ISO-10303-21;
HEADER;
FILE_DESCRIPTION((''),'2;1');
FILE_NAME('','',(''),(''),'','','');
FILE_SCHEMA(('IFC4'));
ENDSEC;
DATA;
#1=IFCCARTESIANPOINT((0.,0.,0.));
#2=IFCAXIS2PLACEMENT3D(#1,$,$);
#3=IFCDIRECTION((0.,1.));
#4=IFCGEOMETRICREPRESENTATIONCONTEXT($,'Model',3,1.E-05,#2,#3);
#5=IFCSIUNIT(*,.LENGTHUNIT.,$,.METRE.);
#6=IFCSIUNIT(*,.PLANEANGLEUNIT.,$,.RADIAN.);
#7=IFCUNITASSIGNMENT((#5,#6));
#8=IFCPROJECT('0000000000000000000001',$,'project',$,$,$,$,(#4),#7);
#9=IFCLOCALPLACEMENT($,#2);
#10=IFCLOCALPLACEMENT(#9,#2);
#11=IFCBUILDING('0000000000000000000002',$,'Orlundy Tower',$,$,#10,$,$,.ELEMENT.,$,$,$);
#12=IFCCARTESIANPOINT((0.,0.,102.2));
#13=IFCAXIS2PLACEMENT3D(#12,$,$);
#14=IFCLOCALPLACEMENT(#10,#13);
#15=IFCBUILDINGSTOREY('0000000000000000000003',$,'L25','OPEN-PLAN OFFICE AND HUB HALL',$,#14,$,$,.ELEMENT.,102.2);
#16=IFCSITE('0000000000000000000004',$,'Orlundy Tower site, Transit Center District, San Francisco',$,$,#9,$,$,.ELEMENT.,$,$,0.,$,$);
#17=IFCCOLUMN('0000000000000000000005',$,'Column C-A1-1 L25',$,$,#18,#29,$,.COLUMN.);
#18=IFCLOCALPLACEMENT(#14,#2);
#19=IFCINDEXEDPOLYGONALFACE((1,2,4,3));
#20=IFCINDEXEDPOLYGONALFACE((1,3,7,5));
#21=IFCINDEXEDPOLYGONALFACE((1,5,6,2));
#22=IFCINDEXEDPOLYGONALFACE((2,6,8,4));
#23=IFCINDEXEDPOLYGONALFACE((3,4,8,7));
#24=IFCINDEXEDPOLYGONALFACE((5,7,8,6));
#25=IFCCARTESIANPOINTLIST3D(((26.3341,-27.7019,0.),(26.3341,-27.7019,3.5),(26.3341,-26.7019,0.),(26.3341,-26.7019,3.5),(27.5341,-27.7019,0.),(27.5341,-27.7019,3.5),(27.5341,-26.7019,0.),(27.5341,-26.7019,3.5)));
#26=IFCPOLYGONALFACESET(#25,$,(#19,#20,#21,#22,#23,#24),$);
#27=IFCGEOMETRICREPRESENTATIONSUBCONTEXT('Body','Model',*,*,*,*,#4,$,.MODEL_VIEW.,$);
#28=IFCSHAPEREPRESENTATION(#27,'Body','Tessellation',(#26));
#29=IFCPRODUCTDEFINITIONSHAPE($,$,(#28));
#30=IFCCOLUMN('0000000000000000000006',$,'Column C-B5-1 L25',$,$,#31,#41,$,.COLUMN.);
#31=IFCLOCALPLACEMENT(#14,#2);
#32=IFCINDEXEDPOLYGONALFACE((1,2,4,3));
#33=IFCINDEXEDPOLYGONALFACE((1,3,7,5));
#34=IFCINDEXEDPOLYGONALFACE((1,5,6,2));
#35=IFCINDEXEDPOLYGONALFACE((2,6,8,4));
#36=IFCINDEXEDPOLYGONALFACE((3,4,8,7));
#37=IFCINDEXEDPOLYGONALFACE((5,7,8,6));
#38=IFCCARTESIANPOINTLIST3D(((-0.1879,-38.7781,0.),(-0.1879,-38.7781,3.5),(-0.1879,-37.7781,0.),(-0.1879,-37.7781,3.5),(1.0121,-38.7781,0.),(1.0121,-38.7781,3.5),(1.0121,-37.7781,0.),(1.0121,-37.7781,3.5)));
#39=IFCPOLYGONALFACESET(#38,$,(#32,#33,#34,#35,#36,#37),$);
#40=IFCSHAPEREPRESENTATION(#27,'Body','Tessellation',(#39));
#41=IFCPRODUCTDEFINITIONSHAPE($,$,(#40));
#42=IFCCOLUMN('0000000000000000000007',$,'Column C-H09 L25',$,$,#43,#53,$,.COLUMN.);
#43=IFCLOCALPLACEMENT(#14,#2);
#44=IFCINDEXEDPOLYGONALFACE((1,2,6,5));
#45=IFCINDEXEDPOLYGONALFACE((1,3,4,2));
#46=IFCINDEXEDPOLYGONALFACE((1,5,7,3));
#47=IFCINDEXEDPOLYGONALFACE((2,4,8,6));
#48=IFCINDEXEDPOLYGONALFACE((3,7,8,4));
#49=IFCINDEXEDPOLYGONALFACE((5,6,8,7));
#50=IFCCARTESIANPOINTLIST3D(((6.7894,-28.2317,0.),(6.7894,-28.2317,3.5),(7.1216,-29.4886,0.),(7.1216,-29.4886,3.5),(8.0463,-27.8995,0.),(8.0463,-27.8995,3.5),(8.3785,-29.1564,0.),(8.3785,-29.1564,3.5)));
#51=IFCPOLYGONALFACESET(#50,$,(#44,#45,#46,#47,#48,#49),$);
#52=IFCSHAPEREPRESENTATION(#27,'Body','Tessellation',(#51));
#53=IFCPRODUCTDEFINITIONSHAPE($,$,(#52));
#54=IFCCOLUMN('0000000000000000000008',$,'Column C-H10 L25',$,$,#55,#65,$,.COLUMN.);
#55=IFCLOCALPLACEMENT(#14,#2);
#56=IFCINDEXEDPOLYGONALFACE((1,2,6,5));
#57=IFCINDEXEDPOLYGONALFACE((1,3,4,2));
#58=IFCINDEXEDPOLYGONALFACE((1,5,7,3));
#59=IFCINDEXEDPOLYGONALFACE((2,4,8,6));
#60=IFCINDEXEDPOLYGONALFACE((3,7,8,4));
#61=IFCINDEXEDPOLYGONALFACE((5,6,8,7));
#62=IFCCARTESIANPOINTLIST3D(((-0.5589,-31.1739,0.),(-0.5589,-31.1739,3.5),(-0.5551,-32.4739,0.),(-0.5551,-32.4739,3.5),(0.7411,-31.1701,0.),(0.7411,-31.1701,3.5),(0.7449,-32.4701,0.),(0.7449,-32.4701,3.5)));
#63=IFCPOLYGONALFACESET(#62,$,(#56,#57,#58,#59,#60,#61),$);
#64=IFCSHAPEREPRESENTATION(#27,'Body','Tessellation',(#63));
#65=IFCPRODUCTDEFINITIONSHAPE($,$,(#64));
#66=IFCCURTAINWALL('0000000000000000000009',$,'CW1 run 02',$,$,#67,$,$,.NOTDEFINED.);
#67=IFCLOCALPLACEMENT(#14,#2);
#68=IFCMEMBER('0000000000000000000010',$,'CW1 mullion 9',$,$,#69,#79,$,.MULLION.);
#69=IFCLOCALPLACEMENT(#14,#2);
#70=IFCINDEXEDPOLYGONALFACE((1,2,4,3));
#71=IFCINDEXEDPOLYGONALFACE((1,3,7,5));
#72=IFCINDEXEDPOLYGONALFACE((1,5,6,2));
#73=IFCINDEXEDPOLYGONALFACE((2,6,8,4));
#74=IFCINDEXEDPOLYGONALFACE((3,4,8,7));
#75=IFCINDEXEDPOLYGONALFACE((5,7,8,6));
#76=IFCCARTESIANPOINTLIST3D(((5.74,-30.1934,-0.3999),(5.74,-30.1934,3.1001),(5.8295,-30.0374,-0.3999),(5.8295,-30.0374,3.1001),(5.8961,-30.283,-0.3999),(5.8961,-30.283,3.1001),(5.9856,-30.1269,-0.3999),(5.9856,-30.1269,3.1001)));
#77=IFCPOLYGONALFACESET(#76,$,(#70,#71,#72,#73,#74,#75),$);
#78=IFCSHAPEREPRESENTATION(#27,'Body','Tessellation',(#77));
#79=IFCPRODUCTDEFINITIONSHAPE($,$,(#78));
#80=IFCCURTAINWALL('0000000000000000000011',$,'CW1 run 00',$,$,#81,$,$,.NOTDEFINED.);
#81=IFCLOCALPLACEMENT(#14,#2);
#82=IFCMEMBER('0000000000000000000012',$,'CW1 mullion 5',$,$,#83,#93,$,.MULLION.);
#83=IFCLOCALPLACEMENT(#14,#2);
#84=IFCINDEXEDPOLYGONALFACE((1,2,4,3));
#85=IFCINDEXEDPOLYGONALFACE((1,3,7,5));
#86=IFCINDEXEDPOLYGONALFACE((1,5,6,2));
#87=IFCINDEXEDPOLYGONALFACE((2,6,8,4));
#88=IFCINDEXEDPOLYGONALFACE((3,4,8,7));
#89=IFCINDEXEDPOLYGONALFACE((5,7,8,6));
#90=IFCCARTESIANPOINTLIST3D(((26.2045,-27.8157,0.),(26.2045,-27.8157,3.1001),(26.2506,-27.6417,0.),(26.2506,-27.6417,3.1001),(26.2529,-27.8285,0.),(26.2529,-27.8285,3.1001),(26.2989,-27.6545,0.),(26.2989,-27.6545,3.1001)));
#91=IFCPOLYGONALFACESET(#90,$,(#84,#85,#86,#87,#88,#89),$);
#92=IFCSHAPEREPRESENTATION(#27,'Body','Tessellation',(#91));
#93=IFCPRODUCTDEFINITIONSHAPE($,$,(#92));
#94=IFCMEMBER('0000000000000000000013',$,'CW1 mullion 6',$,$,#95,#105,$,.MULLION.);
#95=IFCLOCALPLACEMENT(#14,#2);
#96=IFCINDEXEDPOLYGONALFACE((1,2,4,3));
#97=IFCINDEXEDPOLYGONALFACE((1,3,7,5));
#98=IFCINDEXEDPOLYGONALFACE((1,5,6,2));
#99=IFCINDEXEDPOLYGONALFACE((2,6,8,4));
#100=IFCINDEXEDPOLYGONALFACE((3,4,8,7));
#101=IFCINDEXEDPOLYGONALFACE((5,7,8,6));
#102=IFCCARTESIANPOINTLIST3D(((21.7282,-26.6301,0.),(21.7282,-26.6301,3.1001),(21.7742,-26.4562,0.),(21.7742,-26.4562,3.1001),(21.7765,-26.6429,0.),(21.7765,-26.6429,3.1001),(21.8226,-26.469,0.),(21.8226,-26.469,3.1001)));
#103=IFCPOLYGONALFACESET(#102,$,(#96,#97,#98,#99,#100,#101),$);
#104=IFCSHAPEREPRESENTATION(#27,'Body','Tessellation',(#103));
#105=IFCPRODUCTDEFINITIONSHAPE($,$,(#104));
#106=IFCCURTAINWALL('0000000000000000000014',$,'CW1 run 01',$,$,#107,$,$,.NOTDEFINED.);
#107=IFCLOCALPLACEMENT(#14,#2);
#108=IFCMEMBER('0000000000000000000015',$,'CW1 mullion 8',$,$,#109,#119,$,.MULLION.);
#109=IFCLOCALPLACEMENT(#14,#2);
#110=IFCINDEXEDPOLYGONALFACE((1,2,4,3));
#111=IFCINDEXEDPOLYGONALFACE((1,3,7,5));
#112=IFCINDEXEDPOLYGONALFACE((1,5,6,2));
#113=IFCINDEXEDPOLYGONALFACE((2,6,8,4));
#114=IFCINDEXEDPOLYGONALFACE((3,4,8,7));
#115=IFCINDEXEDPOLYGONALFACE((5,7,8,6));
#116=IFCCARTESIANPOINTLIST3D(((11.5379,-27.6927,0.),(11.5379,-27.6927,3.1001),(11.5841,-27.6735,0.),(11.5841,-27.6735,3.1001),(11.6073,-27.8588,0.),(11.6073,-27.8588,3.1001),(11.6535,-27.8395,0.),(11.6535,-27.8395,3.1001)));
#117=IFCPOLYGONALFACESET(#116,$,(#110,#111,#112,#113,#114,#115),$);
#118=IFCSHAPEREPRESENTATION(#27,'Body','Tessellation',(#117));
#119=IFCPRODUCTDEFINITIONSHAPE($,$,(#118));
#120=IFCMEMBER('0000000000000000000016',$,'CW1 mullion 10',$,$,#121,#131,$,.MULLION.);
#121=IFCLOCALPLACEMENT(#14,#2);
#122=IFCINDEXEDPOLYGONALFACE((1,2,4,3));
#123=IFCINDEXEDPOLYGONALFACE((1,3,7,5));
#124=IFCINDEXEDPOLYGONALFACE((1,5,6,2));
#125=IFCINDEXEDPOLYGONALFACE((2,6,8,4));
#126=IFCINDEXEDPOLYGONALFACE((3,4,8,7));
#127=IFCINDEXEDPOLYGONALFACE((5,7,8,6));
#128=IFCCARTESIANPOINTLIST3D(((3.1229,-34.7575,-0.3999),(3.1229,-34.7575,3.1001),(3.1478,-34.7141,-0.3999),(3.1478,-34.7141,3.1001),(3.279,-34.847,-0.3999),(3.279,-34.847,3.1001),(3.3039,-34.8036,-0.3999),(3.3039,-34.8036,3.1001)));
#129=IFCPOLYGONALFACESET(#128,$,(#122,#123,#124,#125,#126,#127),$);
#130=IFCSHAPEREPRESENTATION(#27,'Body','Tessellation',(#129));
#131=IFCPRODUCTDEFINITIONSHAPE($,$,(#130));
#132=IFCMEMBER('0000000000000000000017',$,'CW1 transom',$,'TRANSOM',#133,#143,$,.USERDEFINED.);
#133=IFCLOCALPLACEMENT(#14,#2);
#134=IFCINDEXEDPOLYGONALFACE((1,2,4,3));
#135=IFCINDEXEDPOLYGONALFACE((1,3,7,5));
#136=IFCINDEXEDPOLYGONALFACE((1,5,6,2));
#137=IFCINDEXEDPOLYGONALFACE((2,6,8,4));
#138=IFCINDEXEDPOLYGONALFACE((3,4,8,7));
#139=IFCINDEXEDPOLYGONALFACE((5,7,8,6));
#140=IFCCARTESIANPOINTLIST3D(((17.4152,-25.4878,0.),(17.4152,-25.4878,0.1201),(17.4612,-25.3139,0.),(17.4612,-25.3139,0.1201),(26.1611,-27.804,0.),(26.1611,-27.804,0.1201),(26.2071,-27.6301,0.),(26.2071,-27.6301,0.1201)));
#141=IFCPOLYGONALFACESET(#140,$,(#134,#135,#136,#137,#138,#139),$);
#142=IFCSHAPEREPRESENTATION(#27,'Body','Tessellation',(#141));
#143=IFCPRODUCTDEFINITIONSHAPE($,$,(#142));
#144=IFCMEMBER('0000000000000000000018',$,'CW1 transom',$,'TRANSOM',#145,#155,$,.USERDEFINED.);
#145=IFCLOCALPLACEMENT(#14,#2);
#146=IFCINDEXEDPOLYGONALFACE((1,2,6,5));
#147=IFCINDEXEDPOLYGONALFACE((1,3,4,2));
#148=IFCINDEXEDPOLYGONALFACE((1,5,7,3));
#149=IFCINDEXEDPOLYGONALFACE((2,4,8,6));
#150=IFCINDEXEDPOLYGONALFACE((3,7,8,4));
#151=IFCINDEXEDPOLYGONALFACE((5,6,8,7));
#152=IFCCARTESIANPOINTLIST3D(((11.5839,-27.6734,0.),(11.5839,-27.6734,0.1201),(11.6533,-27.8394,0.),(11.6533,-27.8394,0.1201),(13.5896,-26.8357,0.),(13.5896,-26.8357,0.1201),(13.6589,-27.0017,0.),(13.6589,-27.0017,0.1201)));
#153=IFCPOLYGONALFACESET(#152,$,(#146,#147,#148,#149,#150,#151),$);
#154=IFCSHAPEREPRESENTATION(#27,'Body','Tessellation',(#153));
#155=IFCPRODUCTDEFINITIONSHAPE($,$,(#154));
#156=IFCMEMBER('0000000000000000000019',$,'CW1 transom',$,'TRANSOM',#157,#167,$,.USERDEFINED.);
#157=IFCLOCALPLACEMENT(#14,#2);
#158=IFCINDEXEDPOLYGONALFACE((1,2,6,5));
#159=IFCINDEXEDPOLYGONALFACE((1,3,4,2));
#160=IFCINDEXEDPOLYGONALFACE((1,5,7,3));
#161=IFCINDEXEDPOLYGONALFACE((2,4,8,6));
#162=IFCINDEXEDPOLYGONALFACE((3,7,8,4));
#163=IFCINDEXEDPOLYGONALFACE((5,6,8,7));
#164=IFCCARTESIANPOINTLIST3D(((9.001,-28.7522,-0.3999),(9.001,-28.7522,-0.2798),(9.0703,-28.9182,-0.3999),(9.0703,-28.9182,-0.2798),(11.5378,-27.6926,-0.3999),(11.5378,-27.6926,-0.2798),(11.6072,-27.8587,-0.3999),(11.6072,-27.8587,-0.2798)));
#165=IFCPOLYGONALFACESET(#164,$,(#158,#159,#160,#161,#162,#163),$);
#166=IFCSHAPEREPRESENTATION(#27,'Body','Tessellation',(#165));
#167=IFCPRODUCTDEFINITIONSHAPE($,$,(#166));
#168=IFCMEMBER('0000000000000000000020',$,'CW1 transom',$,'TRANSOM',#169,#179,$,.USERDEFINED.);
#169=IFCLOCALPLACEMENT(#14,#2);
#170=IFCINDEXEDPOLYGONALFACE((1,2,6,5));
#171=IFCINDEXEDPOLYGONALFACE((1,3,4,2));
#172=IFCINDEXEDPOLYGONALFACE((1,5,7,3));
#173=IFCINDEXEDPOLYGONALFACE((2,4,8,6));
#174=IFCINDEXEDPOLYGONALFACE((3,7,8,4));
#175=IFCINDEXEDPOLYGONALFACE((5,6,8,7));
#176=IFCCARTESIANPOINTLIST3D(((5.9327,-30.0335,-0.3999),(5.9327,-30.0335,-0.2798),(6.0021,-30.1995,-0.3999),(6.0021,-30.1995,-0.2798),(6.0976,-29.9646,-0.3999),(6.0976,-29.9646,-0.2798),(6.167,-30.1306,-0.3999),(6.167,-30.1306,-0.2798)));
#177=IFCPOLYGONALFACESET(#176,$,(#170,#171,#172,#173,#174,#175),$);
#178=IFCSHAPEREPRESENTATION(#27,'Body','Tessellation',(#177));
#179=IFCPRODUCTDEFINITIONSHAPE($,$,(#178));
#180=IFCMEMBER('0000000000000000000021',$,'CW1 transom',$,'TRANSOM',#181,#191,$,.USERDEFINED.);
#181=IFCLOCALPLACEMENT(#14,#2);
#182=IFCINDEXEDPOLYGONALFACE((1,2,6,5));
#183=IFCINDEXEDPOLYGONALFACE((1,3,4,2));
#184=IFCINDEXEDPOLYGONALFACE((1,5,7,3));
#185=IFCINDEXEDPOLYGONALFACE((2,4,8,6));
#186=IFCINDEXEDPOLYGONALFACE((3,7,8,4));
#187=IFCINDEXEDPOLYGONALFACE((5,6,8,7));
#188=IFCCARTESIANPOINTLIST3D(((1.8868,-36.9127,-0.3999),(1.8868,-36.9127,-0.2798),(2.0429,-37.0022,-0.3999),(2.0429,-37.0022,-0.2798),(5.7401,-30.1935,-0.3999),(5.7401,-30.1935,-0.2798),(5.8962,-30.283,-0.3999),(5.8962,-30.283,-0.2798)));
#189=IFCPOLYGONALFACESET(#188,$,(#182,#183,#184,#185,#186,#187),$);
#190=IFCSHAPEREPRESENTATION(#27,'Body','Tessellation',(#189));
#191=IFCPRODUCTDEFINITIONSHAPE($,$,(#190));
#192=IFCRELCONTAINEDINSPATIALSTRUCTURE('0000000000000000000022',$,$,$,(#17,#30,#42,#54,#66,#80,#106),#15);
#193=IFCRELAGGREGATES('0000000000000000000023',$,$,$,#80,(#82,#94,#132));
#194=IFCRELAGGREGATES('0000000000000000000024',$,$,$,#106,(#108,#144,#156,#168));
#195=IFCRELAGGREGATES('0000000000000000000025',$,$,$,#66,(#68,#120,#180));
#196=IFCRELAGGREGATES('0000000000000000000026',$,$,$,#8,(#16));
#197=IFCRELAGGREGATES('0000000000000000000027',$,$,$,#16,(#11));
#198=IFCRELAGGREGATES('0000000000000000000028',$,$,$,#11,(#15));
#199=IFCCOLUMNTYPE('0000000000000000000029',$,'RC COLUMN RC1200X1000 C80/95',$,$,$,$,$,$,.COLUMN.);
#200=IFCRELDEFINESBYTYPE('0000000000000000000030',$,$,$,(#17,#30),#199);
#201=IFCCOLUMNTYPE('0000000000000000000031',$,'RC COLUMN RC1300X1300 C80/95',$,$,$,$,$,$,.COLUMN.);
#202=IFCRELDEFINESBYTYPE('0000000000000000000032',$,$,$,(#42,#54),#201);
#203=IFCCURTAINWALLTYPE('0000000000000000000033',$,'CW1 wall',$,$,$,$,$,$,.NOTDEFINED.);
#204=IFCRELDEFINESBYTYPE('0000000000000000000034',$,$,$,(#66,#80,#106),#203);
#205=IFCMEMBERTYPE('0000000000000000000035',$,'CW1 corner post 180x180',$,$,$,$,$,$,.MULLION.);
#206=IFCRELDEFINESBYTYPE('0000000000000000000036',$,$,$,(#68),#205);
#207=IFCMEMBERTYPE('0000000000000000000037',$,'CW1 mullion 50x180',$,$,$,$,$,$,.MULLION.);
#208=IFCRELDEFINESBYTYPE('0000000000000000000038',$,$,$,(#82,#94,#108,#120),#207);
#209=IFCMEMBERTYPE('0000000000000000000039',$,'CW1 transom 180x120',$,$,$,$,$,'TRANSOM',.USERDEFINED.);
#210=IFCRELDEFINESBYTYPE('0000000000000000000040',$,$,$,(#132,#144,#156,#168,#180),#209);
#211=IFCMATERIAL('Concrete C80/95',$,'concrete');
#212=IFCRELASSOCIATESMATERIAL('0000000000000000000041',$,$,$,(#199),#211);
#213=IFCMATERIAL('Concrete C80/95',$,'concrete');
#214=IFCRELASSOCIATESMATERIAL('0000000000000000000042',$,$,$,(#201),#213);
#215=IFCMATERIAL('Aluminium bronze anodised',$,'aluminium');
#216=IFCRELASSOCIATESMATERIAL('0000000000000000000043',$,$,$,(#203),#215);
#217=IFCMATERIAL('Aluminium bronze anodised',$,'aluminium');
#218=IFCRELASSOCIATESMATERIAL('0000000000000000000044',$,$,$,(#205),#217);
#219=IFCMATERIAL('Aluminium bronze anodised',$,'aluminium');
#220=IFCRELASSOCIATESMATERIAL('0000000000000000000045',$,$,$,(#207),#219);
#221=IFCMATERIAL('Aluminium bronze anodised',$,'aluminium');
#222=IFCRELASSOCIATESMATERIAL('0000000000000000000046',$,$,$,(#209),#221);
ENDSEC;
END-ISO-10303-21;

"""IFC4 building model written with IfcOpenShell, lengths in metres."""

from ifc_helpers import new_model, si_unit, direction, frame, origin, origin_2d, place, context, subcontext, project, spatial, rectangle, extrude, material, material_profile, profile_set, type_object, element, aggregate, save


model = new_model("IFC4")

# Units and contexts
model_context = context("Model", 3, precision=1e-05, world=origin(), true_north=direction((0.0, 1.0)))
body_context = subcontext(model_context, "Body", "Model", "MODEL_VIEW")
ifc_project = project(units=[si_unit("LENGTHUNIT", "METRE"), si_unit("PLANEANGLEUNIT", "RADIAN")], contexts=[model_context])

# Site, building, storey
site_placement = place(None, origin())
site = spatial("IfcSite", under=ifc_project, at=site_placement, Name="Orlundy Tower site, Transit Center District, San Francisco", CompositionType="ELEMENT", RefElevation=0.0)
building_placement = place(site_placement, origin())
building = spatial("IfcBuilding", under=site, at=building_placement, Name="Orlundy Tower", CompositionType="ELEMENT")
storey_placement = place(building_placement, frame((0.0, 0.0, 102.2)))
storey = spatial("IfcBuildingStorey", under=building, at=storey_placement, Name="L25", Description="OPEN-PLAN OFFICE AND HUB HALL", CompositionType="ELEMENT", Elevation=102.2)

# Columns
ifc_material_1 = material(Name="Concrete C80/95", Category="concrete")
ifc_material_profile_1 = material_profile(ifc_material_1, rectangle(XDim=1.2, YDim=1.0, at=origin_2d()), Name="RC1200X1000")
ifc_profile_set_1 = profile_set([ifc_material_profile_1], Name="Concrete C80/95")
column_type_1 = type_object("IfcColumnType", Name="RC COLUMN RC1200X1000 C80/95", PredefinedType="COLUMN", material=ifc_profile_set_1)
for number, where, z_axis, x_axis, name in (
    (1, (26.9341, -27.2019, 0.0), (0.0, 0.0, 1.0), (1.0, 0.0, 0.0), "Column C-A1-1 L25"),
    (2, (0.4121, -38.2781, 0.0), (0.0, 0.0, 1.0), (1.0, 0.0, 0.0), "Column C-B5-1 L25"),
):
    element("IfcColumn", number, at=place(storey_placement, frame(where, z_axis=z_axis, x_axis=x_axis)), inside=storey, type_object=column_type_1, Name=name, PredefinedType="COLUMN", context=body_context, shape_type="SweptSolid", body=[
        extrude(rectangle(XDim=1.2, YDim=1.0, at=origin_2d()), origin(), (0.0, 0.0, 1.0), 3.5),
    ])
ifc_material_2 = material(Name="Concrete C80/95", Category="concrete")
ifc_material_profile_2 = material_profile(ifc_material_2, rectangle(XDim=1.3, YDim=1.3, at=origin_2d()), Name="RC1300X1300")
ifc_profile_set_2 = profile_set([ifc_material_profile_2], Name="Concrete C80/95")
column_type_2 = type_object("IfcColumnType", Name="RC COLUMN RC1300X1300 C80/95", PredefinedType="COLUMN", material=ifc_profile_set_2)
for number, where, z_axis, x_axis, name in (
    (3, (7.584, -28.6941, 0.0), (0.0, 0.0, 1.0), (0.25553, -0.966801, 0.0), "Column C-H09 L25"),
    (4, (0.093, -31.822, 0.0), (0.0, 0.0, 1.0), (0.002915, -0.999996, 0.0), "Column C-H10 L25"),
):
    element("IfcColumn", number, at=place(storey_placement, frame(where, z_axis=z_axis, x_axis=x_axis)), inside=storey, type_object=column_type_2, Name=name, PredefinedType="COLUMN", context=body_context, shape_type="SweptSolid", body=[
        extrude(rectangle(XDim=1.3, YDim=1.3, at=origin_2d()), origin(), (0.0, 0.0, 1.0), 3.5),
    ])

# Curtain wall, member
ifc_material_3 = material(Name="Aluminium bronze anodised", Category="aluminium")
curtain_wall_type = type_object("IfcCurtainWallType", Name="CW1 wall", PredefinedType="NOTDEFINED", material=ifc_material_3)
curtain_wall_1_placement = place(storey_placement, origin())
curtain_wall_1 = element("IfcCurtainWall", 5, at=curtain_wall_1_placement, inside=storey, type_object=curtain_wall_type, Name="CW1 run 02", PredefinedType="NOTDEFINED")
ifc_material_4 = material(Name="Aluminium bronze anodised", Category="aluminium")
ifc_material_profile_3 = material_profile(ifc_material_4, rectangle(XDim=0.1799, YDim=0.1799, at=origin_2d()), Name="CW1 corner post 180x180")
ifc_profile_set_3 = profile_set([ifc_material_profile_3], Name="Aluminium bronze anodised")
member_type_1 = type_object("IfcMemberType", Name="CW1 corner post 180x180", PredefinedType="MULLION", material=ifc_profile_set_3)
member_1_placement = place(storey_placement, frame((5.8628, -30.1602, -0.3999), z_axis=(0.0, 0.0, 1.0), x_axis=(0.867479, -0.497473, 0.0)))
member_1 = element("IfcMember", 6, at=member_1_placement, type_object=member_type_1, Name="CW1 mullion 9", PredefinedType="MULLION", context=body_context, shape_type="SweptSolid", body=[
    extrude(rectangle(XDim=0.1799, YDim=0.1799, at=origin_2d()), origin(), (0.0, 0.0, 1.0), 3.5),
])

# Curtain wall, members
curtain_wall_2_placement = place(storey_placement, origin())
curtain_wall_2 = element("IfcCurtainWall", 7, at=curtain_wall_2_placement, inside=storey, type_object=curtain_wall_type, Name="CW1 run 00", PredefinedType="NOTDEFINED")
ifc_material_5 = material(Name="Aluminium bronze anodised", Category="aluminium")
ifc_material_profile_4 = material_profile(ifc_material_5, rectangle(XDim=0.1799, YDim=0.05, at=origin_2d()), Name="CW1 mullion 50x180")
ifc_profile_set_4 = profile_set([ifc_material_profile_4], Name="Aluminium bronze anodised")
member_type_2 = type_object("IfcMemberType", Name="CW1 mullion 50x180", PredefinedType="MULLION", material=ifc_profile_set_4)
member_2_placement = place(storey_placement, frame((26.2517, -27.7351, 0.0), z_axis=(0.0, 0.0, 1.0), x_axis=(-0.256011, -0.966674, 0.0)))
member_2 = element("IfcMember", 8, at=member_2_placement, type_object=member_type_2, Name="CW1 mullion 5", PredefinedType="MULLION", context=body_context, shape_type="SweptSolid", body=[
    extrude(rectangle(XDim=0.1799, YDim=0.05, at=origin_2d()), origin(), (0.0, 0.0, 1.0), 3.1001),
])
member_3_placement = place(storey_placement, frame((21.7754, -26.5496, 0.0), z_axis=(0.0, 0.0, 1.0), x_axis=(-0.256011, -0.966674, 0.0)))
member_3 = element("IfcMember", 9, at=member_3_placement, type_object=member_type_2, Name="CW1 mullion 6", PredefinedType="MULLION", context=body_context, shape_type="SweptSolid", body=[
    extrude(rectangle(XDim=0.1799, YDim=0.05, at=origin_2d()), origin(), (0.0, 0.0, 1.0), 3.1001),
])

# Curtain wall, member
curtain_wall_3_placement = place(storey_placement, origin())
curtain_wall_3 = element("IfcCurtainWall", 10, at=curtain_wall_3_placement, inside=storey, type_object=curtain_wall_type, Name="CW1 run 01", PredefinedType="NOTDEFINED")
member_4_placement = place(storey_placement, frame((11.5957, -27.7661, 0.0), z_axis=(0.0, 0.0, 1.0), x_axis=(0.385377, -0.922759, 0.0)))
member_4 = element("IfcMember", 11, at=member_4_placement, type_object=member_type_2, Name="CW1 mullion 8", PredefinedType="MULLION", context=body_context, shape_type="SweptSolid", body=[
    extrude(rectangle(XDim=0.1799, YDim=0.05, at=origin_2d()), origin(), (0.0, 0.0, 1.0), 3.1001),
])

# Members
member_5_placement = place(storey_placement, frame((3.2134, -34.7805, -0.3999), z_axis=(0.0, 0.0, 1.0), x_axis=(0.867479, -0.497473, 0.0)))
member_5 = element("IfcMember", 12, at=member_5_placement, type_object=member_type_2, Name="CW1 mullion 10", PredefinedType="MULLION", context=body_context, shape_type="SweptSolid", body=[
    extrude(rectangle(XDim=0.1799, YDim=0.05, at=origin_2d()), origin(), (0.0, 0.0, 1.0), 3.5),
])
ifc_material_6 = material(Name="Aluminium bronze anodised", Category="aluminium")
ifc_material_profile_5 = material_profile(ifc_material_6, rectangle(XDim=0.1799, YDim=0.1201, at=origin_2d()), Name="CW1 transom 180x120")
ifc_profile_set_5 = profile_set([ifc_material_profile_5], Name="Aluminium bronze anodised")
member_type_3 = type_object("IfcMemberType", Name="CW1 transom 180x120", ElementType="TRANSOM", PredefinedType="USERDEFINED", material=ifc_profile_set_5)
member_6_placement = place(storey_placement, frame((26.1841, -27.717, 0.0601), z_axis=(-0.966676, 0.256005, 0.0), x_axis=(-0.256005, -0.966676, 0.0)))
member_6 = element("IfcMember", 13, at=member_6_placement, type_object=member_type_3, Name="CW1 transom", ObjectType="TRANSOM", PredefinedType="USERDEFINED", context=body_context, shape_type="SweptSolid", body=[
    extrude(rectangle(XDim=0.1799, YDim=0.1201, at=origin_2d()), origin(), (0.0, 0.0, 1.0), 9.0474),
])
member_7_placement = place(storey_placement, frame((13.6243, -26.9187, 0.0601), z_axis=(-0.922754, -0.385389, 0.0), x_axis=(0.385389, -0.922754, 0.0)))
member_7 = element("IfcMember", 14, at=member_7_placement, type_object=member_type_3, Name="CW1 transom", ObjectType="TRANSOM", PredefinedType="USERDEFINED", context=body_context, shape_type="SweptSolid", body=[
    extrude(rectangle(XDim=0.1799, YDim=0.1201, at=origin_2d()), origin(), (0.0, 0.0, 1.0), 2.1736),
])
member_8_placement = place(storey_placement, frame((11.5725, -27.7756, -0.3398), z_axis=(-0.922748, -0.385403, 0.0), x_axis=(0.385403, -0.922748, 0.0)))
member_8 = element("IfcMember", 15, at=member_8_placement, type_object=member_type_3, Name="CW1 transom", ObjectType="TRANSOM", PredefinedType="USERDEFINED", context=body_context, shape_type="SweptSolid", body=[
    extrude(rectangle(XDim=0.1799, YDim=0.1201, at=origin_2d()), origin(), (0.0, 0.0, 1.0), 2.7493),
])
member_9_placement = place(storey_placement, frame((6.1323, -30.0476, -0.3398), z_axis=(-0.922713, -0.385489, 0.0), x_axis=(0.385489, -0.922713, 0.0)))
member_9 = element("IfcMember", 16, at=member_9_placement, type_object=member_type_3, Name="CW1 transom", ObjectType="TRANSOM", PredefinedType="USERDEFINED", context=body_context, shape_type="SweptSolid", body=[
    extrude(rectangle(XDim=0.1799, YDim=0.1201, at=origin_2d()), origin(), (0.0, 0.0, 1.0), 0.1787),
])
member_10_placement = place(storey_placement, frame((5.8181, -30.2383, -0.3398), z_axis=(-0.497472, -0.86748, 0.0), x_axis=(0.86748, -0.497472, 0.0)))
member_10 = element("IfcMember", 17, at=member_10_placement, type_object=member_type_3, Name="CW1 transom", ObjectType="TRANSOM", PredefinedType="USERDEFINED", context=body_context, shape_type="SweptSolid", body=[
    extrude(rectangle(XDim=0.1799, YDim=0.1201, at=origin_2d()), origin(), (0.0, 0.0, 1.0), 7.7456),
])

aggregate(curtain_wall_2, [member_2, member_3, member_6])
aggregate(curtain_wall_3, [member_4, member_7, member_8, member_9])
aggregate(curtain_wall_1, [member_1, member_5, member_10])

save(model, "model.ifc")
